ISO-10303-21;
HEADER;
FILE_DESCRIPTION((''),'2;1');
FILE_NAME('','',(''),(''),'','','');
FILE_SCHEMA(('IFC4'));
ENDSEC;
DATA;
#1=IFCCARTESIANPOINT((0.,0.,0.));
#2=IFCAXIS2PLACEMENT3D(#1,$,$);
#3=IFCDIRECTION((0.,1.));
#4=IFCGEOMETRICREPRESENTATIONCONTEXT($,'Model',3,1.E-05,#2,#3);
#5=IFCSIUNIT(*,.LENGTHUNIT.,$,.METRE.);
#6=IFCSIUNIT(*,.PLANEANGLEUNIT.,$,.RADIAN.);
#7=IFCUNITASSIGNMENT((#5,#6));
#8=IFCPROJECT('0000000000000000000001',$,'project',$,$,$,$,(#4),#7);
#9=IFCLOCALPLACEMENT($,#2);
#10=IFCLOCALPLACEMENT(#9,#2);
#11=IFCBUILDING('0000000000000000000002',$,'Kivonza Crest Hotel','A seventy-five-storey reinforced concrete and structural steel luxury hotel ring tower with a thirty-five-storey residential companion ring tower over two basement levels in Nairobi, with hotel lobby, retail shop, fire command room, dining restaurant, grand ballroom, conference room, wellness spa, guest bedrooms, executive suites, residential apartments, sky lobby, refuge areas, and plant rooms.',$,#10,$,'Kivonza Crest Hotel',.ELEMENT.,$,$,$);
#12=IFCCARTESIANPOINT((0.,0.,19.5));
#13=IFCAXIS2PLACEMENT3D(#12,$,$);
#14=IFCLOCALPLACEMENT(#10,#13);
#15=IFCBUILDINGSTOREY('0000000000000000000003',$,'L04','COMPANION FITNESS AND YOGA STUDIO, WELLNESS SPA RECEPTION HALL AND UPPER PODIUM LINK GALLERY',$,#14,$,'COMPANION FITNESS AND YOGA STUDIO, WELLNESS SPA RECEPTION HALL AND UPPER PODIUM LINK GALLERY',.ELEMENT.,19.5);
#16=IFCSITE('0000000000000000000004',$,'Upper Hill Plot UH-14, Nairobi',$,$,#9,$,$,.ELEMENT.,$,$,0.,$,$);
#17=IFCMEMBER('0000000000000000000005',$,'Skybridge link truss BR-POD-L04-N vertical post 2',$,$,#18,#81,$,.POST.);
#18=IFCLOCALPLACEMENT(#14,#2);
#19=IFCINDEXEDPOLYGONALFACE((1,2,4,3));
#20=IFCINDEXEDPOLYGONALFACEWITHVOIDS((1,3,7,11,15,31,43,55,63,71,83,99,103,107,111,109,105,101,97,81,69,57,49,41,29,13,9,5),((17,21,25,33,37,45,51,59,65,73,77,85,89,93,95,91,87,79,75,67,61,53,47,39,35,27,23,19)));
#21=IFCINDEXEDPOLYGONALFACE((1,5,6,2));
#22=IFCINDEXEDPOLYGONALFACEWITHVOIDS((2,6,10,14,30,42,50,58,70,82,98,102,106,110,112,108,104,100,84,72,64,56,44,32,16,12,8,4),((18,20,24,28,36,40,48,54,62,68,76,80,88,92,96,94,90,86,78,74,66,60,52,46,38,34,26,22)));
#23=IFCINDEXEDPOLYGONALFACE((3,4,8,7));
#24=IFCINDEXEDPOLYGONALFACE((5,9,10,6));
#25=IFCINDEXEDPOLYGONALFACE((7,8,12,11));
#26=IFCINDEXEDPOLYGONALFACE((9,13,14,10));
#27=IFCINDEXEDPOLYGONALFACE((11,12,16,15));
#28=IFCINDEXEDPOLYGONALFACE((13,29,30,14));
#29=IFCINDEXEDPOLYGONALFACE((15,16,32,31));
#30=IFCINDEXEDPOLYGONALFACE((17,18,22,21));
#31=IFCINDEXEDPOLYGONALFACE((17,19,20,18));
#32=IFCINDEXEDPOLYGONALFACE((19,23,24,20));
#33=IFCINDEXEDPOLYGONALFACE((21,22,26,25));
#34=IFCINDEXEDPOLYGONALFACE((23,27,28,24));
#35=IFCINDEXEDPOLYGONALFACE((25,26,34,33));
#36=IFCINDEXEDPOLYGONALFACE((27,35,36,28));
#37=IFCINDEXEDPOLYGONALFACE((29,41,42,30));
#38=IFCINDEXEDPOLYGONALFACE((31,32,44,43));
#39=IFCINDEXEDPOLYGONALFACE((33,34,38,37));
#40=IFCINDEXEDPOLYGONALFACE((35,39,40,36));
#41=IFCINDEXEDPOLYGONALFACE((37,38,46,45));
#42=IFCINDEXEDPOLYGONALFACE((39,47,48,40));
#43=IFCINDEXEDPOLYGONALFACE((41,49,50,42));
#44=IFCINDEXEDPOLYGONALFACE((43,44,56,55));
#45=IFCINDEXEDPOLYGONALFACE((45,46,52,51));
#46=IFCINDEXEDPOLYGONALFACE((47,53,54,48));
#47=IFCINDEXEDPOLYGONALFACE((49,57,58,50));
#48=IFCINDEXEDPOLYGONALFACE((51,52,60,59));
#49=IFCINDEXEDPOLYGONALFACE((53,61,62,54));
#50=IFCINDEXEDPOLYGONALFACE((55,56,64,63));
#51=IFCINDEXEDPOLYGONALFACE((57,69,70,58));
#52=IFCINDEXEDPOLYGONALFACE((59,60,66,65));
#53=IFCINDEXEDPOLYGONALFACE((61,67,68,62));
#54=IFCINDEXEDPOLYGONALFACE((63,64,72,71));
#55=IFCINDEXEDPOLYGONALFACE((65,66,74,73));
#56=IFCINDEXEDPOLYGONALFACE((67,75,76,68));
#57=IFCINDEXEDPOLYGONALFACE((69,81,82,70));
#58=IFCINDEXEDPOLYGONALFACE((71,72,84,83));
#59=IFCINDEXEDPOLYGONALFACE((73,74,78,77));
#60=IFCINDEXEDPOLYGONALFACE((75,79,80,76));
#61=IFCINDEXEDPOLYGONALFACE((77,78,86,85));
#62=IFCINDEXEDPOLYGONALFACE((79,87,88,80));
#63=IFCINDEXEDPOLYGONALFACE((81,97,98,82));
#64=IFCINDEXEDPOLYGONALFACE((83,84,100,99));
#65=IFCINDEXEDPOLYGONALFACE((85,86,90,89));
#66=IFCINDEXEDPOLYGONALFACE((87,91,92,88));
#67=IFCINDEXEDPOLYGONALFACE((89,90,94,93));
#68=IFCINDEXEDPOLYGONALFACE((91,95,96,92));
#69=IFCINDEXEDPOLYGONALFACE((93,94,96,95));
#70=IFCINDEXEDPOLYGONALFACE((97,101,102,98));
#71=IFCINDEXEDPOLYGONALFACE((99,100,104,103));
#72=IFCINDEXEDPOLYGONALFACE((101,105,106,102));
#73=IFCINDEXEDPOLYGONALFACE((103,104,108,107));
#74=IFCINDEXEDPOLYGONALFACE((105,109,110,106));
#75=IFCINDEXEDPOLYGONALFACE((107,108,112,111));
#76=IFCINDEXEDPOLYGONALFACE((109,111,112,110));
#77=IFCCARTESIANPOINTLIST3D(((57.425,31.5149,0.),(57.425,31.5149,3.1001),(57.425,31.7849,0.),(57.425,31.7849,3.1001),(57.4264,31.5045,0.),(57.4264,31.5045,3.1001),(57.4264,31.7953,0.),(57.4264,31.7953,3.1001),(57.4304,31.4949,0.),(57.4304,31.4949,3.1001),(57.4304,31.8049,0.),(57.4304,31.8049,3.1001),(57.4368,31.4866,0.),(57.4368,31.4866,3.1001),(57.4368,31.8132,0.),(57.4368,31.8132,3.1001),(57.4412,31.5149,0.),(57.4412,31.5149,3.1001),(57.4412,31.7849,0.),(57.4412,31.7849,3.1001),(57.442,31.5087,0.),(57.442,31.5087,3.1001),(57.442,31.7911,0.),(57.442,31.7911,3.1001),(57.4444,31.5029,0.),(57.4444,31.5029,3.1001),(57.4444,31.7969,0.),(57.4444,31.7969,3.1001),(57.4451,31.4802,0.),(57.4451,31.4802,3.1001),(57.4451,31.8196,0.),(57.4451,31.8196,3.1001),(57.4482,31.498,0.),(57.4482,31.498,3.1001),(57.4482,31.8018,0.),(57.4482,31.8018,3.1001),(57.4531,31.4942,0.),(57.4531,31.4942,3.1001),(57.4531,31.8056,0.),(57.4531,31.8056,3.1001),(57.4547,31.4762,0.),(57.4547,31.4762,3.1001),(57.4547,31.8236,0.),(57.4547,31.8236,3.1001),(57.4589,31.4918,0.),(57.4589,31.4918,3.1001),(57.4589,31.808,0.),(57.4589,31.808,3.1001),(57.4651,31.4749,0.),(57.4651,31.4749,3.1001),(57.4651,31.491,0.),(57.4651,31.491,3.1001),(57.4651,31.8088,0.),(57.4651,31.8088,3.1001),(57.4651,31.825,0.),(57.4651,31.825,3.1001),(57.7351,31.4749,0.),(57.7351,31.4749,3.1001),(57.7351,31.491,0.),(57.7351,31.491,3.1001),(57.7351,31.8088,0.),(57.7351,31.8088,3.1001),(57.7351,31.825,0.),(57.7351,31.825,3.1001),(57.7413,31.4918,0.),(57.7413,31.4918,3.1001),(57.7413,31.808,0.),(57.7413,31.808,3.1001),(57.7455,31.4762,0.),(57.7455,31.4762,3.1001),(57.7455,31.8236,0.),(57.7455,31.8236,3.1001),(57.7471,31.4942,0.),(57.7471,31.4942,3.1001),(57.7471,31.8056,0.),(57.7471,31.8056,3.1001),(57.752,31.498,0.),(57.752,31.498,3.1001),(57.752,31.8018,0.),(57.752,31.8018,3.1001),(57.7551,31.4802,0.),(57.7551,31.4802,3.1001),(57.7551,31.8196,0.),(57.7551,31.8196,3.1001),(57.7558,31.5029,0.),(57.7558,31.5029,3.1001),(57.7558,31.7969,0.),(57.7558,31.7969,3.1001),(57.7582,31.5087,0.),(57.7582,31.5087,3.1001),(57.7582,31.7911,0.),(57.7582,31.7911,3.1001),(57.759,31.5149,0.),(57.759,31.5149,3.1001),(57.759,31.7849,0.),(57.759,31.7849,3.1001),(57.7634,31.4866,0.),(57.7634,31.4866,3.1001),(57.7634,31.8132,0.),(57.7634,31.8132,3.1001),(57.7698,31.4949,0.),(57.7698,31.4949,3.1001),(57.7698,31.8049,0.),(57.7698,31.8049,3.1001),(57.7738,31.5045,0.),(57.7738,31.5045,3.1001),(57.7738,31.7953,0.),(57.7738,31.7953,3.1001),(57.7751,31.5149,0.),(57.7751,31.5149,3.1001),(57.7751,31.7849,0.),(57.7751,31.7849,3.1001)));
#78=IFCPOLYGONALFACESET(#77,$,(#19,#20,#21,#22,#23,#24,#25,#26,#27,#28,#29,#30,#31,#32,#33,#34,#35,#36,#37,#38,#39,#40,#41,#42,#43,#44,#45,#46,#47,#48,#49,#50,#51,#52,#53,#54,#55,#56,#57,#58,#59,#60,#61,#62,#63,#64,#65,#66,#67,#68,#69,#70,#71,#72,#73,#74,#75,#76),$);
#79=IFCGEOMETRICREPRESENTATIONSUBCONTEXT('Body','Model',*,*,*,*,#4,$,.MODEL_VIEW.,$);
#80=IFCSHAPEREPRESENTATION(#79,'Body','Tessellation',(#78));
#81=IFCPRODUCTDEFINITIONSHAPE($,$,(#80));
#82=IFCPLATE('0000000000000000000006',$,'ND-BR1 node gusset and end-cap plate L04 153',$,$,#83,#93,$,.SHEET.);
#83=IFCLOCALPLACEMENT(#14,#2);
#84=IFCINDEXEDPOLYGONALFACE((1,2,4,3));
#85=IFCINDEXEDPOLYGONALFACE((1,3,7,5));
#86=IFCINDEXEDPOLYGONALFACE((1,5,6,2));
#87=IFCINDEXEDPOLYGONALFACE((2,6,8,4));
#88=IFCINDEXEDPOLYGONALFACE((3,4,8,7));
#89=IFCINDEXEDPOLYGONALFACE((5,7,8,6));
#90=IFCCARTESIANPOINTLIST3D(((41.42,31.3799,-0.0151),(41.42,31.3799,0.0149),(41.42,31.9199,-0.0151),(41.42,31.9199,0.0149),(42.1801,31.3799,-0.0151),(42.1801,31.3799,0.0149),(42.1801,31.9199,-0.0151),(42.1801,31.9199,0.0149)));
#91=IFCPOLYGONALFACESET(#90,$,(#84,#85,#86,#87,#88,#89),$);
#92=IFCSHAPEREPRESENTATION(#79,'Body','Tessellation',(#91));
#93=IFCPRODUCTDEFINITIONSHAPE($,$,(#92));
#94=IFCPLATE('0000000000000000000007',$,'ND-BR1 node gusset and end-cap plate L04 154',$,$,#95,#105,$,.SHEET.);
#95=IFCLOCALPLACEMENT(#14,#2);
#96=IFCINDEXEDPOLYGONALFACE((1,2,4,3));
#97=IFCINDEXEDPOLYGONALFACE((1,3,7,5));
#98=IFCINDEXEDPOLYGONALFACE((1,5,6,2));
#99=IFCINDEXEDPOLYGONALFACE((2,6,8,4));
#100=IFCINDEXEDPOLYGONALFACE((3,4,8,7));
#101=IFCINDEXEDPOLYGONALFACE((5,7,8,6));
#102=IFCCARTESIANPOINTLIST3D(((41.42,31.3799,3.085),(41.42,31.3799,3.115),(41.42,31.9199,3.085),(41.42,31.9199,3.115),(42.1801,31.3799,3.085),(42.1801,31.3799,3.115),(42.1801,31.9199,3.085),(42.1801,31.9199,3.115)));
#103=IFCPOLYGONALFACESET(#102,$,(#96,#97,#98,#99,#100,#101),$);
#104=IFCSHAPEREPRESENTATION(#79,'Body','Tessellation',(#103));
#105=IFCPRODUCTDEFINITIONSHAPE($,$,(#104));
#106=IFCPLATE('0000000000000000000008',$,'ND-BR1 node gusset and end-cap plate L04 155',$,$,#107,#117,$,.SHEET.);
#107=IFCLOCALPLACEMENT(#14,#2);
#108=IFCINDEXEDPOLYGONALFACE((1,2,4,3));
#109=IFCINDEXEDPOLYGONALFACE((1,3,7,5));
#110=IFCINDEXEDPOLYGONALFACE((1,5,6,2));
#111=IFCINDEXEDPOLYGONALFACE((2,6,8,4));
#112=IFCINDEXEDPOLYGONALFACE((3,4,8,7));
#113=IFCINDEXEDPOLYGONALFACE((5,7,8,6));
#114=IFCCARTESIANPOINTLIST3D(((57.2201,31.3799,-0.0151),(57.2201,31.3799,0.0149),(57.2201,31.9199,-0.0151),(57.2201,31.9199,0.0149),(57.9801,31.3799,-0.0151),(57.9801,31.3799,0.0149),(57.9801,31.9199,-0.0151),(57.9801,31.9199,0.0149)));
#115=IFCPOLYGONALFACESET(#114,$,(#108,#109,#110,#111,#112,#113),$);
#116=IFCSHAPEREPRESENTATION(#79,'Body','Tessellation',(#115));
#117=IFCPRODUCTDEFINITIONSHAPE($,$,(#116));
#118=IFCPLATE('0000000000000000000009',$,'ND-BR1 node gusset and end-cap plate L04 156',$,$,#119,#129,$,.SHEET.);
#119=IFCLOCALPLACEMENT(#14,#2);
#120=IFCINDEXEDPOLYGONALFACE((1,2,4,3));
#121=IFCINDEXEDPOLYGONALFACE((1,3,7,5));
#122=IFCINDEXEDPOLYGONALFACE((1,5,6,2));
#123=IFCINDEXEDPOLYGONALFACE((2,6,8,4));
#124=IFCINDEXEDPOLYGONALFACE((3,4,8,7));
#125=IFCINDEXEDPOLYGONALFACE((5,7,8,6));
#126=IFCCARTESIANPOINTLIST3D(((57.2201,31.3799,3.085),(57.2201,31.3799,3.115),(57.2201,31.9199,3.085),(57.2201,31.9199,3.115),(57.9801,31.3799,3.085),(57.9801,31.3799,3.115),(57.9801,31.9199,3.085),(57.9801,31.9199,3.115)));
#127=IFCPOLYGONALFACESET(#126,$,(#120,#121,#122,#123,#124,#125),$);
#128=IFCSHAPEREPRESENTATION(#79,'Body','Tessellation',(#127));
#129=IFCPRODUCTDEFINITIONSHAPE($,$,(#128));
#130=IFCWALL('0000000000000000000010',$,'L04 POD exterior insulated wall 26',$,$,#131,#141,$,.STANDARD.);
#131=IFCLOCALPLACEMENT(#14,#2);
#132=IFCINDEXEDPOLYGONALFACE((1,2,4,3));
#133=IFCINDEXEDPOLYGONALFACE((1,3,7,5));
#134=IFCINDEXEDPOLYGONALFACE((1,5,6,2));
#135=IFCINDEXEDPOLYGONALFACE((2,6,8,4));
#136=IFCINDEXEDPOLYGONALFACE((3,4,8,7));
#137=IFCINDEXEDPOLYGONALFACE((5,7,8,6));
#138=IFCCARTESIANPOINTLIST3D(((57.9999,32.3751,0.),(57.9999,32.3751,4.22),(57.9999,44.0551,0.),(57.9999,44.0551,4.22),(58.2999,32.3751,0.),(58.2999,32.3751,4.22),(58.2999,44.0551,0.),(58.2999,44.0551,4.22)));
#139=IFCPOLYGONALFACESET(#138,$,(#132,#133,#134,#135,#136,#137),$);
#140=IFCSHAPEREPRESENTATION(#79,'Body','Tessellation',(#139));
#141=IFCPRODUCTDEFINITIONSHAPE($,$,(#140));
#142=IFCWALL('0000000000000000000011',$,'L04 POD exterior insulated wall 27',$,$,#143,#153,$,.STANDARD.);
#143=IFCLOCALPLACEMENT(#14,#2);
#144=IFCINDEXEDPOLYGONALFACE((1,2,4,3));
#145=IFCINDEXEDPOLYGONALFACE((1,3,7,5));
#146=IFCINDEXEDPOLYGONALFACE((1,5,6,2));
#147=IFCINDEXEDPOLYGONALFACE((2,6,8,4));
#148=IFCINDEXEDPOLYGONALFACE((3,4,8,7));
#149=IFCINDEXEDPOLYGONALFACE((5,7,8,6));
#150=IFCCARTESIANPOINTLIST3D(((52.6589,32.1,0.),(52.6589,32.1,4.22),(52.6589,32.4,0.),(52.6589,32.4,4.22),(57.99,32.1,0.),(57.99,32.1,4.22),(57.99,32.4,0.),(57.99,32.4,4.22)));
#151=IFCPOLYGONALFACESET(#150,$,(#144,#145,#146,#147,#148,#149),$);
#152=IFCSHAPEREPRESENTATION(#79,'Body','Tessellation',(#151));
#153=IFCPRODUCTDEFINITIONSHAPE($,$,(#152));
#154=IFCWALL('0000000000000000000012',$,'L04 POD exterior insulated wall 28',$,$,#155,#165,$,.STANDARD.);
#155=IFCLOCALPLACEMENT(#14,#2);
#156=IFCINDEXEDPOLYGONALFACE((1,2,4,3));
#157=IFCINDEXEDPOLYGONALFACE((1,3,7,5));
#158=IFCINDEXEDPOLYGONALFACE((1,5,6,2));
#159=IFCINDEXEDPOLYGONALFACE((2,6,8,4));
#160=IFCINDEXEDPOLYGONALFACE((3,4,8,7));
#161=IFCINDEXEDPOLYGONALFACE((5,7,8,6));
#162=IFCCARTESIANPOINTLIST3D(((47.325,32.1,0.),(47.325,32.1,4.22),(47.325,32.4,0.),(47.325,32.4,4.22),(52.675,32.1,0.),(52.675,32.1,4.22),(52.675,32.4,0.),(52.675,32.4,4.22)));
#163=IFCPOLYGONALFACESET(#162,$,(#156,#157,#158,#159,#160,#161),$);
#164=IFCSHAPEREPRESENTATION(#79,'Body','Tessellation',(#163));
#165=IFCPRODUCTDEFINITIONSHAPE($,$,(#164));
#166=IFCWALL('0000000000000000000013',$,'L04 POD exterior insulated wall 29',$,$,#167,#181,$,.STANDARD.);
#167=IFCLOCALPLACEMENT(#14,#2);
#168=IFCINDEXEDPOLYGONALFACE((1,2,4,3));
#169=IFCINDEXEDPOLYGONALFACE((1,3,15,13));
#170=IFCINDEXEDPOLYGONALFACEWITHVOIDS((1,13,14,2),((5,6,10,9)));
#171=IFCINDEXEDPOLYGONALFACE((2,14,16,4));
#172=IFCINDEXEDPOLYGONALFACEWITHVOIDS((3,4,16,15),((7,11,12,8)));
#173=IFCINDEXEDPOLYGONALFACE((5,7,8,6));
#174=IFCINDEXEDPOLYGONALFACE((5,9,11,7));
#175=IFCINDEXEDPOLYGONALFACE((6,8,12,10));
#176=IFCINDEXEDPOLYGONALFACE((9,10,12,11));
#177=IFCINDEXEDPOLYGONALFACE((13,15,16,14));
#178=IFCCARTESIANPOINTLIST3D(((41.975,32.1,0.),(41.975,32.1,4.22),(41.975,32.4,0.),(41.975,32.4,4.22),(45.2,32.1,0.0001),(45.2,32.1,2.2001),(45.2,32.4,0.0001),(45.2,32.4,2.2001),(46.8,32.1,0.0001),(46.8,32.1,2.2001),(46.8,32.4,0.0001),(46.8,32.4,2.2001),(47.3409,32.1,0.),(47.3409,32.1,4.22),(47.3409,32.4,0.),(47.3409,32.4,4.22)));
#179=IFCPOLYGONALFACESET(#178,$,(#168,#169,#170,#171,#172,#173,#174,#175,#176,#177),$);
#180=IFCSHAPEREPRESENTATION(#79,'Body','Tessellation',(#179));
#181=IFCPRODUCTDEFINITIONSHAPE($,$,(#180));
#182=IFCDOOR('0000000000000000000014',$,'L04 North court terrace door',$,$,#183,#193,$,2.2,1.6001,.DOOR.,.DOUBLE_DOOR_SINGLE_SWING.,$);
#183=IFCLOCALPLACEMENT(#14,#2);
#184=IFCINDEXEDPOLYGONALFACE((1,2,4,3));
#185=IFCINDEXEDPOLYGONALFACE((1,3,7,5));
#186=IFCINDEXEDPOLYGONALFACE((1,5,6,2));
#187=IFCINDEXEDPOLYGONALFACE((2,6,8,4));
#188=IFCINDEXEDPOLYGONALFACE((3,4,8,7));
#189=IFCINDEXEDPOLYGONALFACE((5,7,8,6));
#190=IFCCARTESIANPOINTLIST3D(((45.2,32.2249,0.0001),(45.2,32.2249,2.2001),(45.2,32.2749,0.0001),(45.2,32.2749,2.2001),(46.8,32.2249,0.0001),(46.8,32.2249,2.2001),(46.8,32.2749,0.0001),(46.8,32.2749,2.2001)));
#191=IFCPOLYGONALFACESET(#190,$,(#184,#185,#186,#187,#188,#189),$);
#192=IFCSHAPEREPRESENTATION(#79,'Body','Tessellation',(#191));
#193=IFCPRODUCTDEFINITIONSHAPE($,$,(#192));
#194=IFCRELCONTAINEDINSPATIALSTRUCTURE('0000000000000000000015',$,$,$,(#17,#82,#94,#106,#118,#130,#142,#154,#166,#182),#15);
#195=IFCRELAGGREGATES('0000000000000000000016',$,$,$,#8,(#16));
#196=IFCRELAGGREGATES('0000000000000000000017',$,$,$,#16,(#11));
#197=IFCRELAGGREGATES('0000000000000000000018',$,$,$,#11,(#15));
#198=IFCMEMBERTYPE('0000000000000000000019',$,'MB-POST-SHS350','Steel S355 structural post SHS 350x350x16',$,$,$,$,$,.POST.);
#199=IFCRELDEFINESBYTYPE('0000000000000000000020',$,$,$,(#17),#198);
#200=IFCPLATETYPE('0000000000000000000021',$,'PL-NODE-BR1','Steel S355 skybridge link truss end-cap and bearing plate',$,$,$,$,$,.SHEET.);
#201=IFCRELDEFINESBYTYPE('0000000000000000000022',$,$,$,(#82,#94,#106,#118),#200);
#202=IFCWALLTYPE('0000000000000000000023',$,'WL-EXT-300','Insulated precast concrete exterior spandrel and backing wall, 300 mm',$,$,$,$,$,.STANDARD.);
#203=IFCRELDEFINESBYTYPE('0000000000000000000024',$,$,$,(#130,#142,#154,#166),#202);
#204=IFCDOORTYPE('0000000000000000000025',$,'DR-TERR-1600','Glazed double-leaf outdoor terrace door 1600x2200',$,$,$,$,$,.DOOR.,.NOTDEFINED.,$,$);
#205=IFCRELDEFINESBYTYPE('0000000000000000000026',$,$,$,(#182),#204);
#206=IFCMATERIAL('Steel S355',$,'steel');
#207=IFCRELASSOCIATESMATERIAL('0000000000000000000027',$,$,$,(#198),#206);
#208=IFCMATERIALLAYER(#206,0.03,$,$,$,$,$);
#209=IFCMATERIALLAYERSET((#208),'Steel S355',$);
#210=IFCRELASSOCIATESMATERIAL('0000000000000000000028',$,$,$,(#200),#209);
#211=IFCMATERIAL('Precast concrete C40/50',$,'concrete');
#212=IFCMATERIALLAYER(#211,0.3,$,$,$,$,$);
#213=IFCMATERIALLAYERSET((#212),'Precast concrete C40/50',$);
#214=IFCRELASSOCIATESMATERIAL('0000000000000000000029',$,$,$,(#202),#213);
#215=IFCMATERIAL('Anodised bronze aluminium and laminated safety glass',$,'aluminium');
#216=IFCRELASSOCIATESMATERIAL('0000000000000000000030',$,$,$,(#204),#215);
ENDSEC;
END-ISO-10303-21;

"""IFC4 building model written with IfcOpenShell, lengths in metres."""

from ifc_helpers import new_model, si_unit, direction, frame, frame_2d, origin, origin_2d, place, context, subcontext, project, spatial, rectangle, hollow_rectangle, extrude, material, layer, layer_set, material_profile, profile_set, type_object, element, fill, save


model = new_model("IFC4")

# Units and contexts
model_context = context("Model", 3, precision=1e-05, world=origin(), true_north=direction((0.0, 1.0)))
body_context = subcontext(model_context, "Body", "Model", "MODEL_VIEW")
ifc_project = project(units=[si_unit("LENGTHUNIT", "METRE"), si_unit("PLANEANGLEUNIT", "RADIAN")], contexts=[model_context])

# Site, building, storey
site_placement = place(None, origin())
site = spatial("IfcSite", under=ifc_project, at=site_placement, Name="Upper Hill Plot UH-14, Nairobi", CompositionType="ELEMENT", RefElevation=0.0)
building_placement = place(site_placement, origin())
building = spatial("IfcBuilding", under=site, at=building_placement, Name="Kivonza Crest Hotel", Description="A seventy-five-storey reinforced concrete and structural steel luxury hotel ring tower with a thirty-five-storey residential companion ring tower over two basement levels in Nairobi, with hotel lobby, retail shop, fire command room, dining restaurant, grand ballroom, conference room, wellness spa, guest bedrooms, executive suites, residential apartments, sky lobby, refuge areas, and plant rooms.", LongName="Kivonza Crest Hotel", CompositionType="ELEMENT")
storey_placement = place(building_placement, frame((0.0, 0.0, 19.5)))
storey = spatial("IfcBuildingStorey", under=building, at=storey_placement, Name="L04", Description="COMPANION FITNESS AND YOGA STUDIO, WELLNESS SPA RECEPTION HALL AND UPPER PODIUM LINK GALLERY", LongName="COMPANION FITNESS AND YOGA STUDIO, WELLNESS SPA RECEPTION HALL AND UPPER PODIUM LINK GALLERY", CompositionType="ELEMENT", Elevation=19.5)

# Shared definitions
ifc_material_1 = material(Name="Steel S355", Category="steel")

# Member
ifc_material_profile_1 = material_profile(ifc_material_1, hollow_rectangle(XDim=0.3501, YDim=0.3501, WallThickness=0.0161, InnerFilletRadius=0.0239, OuterFilletRadius=0.04, at=origin_2d()), Name="SHS 350x350x16")
ifc_profile_set_1 = profile_set([ifc_material_profile_1], Name="Steel S355")
member_type_1 = type_object("IfcMemberType", Name="MB-POST-SHS350", Description="Steel S355 structural post SHS 350x350x16", PredefinedType="POST", material=ifc_profile_set_1)
for number, where, z_axis, x_axis, name in (
    (1, (57.6001, 31.6499, 0.0), (0.0, 0.0, 1.0), (1.0, 0.0, 0.0), "Skybridge link truss BR-POD-L04-N vertical post 2"),
):
    element("IfcMember", number, at=place(storey_placement, frame(where, z_axis=z_axis, x_axis=x_axis)), inside=storey, type_object=member_type_1, Name=name, PredefinedType="POST", context=body_context, shape_type="SweptSolid", body=[
        extrude(hollow_rectangle(XDim=0.3501, YDim=0.3501, WallThickness=0.0161, InnerFilletRadius=0.0239, OuterFilletRadius=0.04, at=origin_2d()), origin(), (0.0, 0.0, 1.0), 3.1001),
    ])

# Plates
ifc_layer_1 = layer(ifc_material_1, 0.03)
ifc_layer_set_1 = layer_set([ifc_layer_1], Name="Steel S355")
plate_type = type_object("IfcPlateType", Name="PL-NODE-BR1", Description="Steel S355 skybridge link truss end-cap and bearing plate", PredefinedType="SHEET", material=ifc_layer_set_1)
for number, where, z_axis, x_axis, name in (
    (2, (41.8, 31.6499, -0.0151), (0.0, 0.0, 1.0), (1.0, 0.0, 0.0), "ND-BR1 node gusset and end-cap plate L04 153"),
    (3, (41.8, 31.6499, 3.085), (0.0, 0.0, 1.0), (1.0, 0.0, 0.0), "ND-BR1 node gusset and end-cap plate L04 154"),
    (4, (57.6001, 31.6499, -0.0151), (0.0, 0.0, 1.0), (1.0, 0.0, 0.0), "ND-BR1 node gusset and end-cap plate L04 155"),
    (5, (57.6001, 31.6499, 3.085), (0.0, 0.0, 1.0), (1.0, 0.0, 0.0), "ND-BR1 node gusset and end-cap plate L04 156"),
):
    element("IfcPlate", number, at=place(storey_placement, frame(where, z_axis=z_axis, x_axis=x_axis)), inside=storey, type_object=plate_type, Name=name, PredefinedType="SHEET", context=body_context, shape_type="SweptSolid", body=[
        extrude(rectangle(XDim=0.76, YDim=0.54, at=origin_2d()), origin(), (0.0, 0.0, 1.0), 0.03),
    ])

# Walls
ifc_material_2 = material(Name="Precast concrete C40/50", Category="concrete")
ifc_layer_2 = layer(ifc_material_2, 0.3)
ifc_layer_set_2 = layer_set([ifc_layer_2], Name="Precast concrete C40/50")
wall_type_1 = type_object("IfcWallType", Name="WL-EXT-300", Description="Insulated precast concrete exterior spandrel and backing wall, 300 mm", PredefinedType="STANDARD", material=ifc_layer_set_2)
wall_1_placement = place(storey_placement, frame((58.1499, 44.0549, 0.0), z_axis=(0.0, 0.0, 1.0), x_axis=(0.0, -1.0, 0.0)))
element("IfcWall", 6, at=wall_1_placement, inside=storey, type_object=wall_type_1, Name="L04 POD exterior insulated wall 26", PredefinedType="STANDARD", context=body_context, shape_type="SweptSolid", body=[
    extrude(rectangle(XDim=11.6799, YDim=0.3, at=frame_2d((5.8398, 0.0))), origin(), (0.0, 0.0, 1.0), 4.22),
])
wall_2_placement = place(storey_placement, frame((57.99, 32.25, 0.0), z_axis=(0.0, 0.0, 1.0), x_axis=(-1.0, 0.0, 0.0)))
element("IfcWall", 7, at=wall_2_placement, inside=storey, type_object=wall_type_1, Name="L04 POD exterior insulated wall 27", PredefinedType="STANDARD", context=body_context, shape_type="SweptSolid", body=[
    extrude(rectangle(XDim=5.3311, YDim=0.3, at=frame_2d((2.6655, 0.0))), origin(), (0.0, 0.0, 1.0), 4.22),
])
wall_3_placement = place(storey_placement, frame((52.675, 32.25, 0.0), z_axis=(0.0, 0.0, 1.0), x_axis=(-1.0, 0.0, 0.0)))
element("IfcWall", 8, at=wall_3_placement, inside=storey, type_object=wall_type_1, Name="L04 POD exterior insulated wall 28", PredefinedType="STANDARD", context=body_context, shape_type="SweptSolid", body=[
    extrude(rectangle(XDim=5.3501, YDim=0.3, at=frame_2d((2.675, 0.0))), origin(), (0.0, 0.0, 1.0), 4.22),
])

# Wall, opening, door
wall_4_placement = place(storey_placement, frame((47.3411, 32.25, 0.0), z_axis=(0.0, 0.0, 1.0), x_axis=(-1.0, 0.0, 0.0)))
wall_4 = element("IfcWall", 9, at=wall_4_placement, inside=storey, type_object=wall_type_1, Name="L04 POD exterior insulated wall 29", PredefinedType="STANDARD", context=body_context, shape_type="SweptSolid", body=[
    extrude(rectangle(XDim=5.366, YDim=0.3, at=frame_2d((2.6831, 0.0))), origin(), (0.0, 0.0, 1.0), 4.22),
])
opening_placement = place(wall_4_placement, frame((0.541, 0.0, 0.0)))
opening = element("IfcOpeningElement", 10, at=opening_placement, cuts=wall_4, PredefinedType="OPENING", context=body_context, shape_type="SweptSolid", body=[
    extrude(rectangle(XDim=1.6001, YDim=2.2, at=frame_2d((0.8, 1.1001))), frame((0.0, 0.1602, 0.0), z_axis=(0.0, -1.0, 0.0), x_axis=(1.0, 0.0, 0.0)), (0.0, 0.0, 1.0), 0.3201),
])
ifc_material_3 = material(Name="Anodised bronze aluminium and laminated safety glass", Category="aluminium")
door_type = type_object("IfcDoorType", Name="DR-TERR-1600", Description="Glazed double-leaf outdoor terrace door 1600x2200", OperationType="NOTDEFINED", PredefinedType="DOOR", material=ifc_material_3)
door_placement = place(opening_placement, frame((1.6001, 0.0, 0.0), z_axis=(0.0, 0.0, 1.0), x_axis=(-1.0, 0.0, 0.0)))
door = element("IfcDoor", 11, at=door_placement, inside=storey, type_object=door_type, Name="L04 North court terrace door", OperationType="DOUBLE_DOOR_SINGLE_SWING", OverallHeight=2.2, OverallWidth=1.6001, PredefinedType="DOOR", context=body_context, shape_type="SweptSolid", body=[
    extrude(rectangle(XDim=1.6001, YDim=2.2, at=frame_2d((0.8, 1.1001))), frame((0.0, 0.0249, 0.0), z_axis=(0.0, -1.0, 0.0), x_axis=(1.0, 0.0, 0.0)), (0.0, 0.0, 1.0), 0.05),
])
fill(opening, door)

save(model, "model.ifc")
